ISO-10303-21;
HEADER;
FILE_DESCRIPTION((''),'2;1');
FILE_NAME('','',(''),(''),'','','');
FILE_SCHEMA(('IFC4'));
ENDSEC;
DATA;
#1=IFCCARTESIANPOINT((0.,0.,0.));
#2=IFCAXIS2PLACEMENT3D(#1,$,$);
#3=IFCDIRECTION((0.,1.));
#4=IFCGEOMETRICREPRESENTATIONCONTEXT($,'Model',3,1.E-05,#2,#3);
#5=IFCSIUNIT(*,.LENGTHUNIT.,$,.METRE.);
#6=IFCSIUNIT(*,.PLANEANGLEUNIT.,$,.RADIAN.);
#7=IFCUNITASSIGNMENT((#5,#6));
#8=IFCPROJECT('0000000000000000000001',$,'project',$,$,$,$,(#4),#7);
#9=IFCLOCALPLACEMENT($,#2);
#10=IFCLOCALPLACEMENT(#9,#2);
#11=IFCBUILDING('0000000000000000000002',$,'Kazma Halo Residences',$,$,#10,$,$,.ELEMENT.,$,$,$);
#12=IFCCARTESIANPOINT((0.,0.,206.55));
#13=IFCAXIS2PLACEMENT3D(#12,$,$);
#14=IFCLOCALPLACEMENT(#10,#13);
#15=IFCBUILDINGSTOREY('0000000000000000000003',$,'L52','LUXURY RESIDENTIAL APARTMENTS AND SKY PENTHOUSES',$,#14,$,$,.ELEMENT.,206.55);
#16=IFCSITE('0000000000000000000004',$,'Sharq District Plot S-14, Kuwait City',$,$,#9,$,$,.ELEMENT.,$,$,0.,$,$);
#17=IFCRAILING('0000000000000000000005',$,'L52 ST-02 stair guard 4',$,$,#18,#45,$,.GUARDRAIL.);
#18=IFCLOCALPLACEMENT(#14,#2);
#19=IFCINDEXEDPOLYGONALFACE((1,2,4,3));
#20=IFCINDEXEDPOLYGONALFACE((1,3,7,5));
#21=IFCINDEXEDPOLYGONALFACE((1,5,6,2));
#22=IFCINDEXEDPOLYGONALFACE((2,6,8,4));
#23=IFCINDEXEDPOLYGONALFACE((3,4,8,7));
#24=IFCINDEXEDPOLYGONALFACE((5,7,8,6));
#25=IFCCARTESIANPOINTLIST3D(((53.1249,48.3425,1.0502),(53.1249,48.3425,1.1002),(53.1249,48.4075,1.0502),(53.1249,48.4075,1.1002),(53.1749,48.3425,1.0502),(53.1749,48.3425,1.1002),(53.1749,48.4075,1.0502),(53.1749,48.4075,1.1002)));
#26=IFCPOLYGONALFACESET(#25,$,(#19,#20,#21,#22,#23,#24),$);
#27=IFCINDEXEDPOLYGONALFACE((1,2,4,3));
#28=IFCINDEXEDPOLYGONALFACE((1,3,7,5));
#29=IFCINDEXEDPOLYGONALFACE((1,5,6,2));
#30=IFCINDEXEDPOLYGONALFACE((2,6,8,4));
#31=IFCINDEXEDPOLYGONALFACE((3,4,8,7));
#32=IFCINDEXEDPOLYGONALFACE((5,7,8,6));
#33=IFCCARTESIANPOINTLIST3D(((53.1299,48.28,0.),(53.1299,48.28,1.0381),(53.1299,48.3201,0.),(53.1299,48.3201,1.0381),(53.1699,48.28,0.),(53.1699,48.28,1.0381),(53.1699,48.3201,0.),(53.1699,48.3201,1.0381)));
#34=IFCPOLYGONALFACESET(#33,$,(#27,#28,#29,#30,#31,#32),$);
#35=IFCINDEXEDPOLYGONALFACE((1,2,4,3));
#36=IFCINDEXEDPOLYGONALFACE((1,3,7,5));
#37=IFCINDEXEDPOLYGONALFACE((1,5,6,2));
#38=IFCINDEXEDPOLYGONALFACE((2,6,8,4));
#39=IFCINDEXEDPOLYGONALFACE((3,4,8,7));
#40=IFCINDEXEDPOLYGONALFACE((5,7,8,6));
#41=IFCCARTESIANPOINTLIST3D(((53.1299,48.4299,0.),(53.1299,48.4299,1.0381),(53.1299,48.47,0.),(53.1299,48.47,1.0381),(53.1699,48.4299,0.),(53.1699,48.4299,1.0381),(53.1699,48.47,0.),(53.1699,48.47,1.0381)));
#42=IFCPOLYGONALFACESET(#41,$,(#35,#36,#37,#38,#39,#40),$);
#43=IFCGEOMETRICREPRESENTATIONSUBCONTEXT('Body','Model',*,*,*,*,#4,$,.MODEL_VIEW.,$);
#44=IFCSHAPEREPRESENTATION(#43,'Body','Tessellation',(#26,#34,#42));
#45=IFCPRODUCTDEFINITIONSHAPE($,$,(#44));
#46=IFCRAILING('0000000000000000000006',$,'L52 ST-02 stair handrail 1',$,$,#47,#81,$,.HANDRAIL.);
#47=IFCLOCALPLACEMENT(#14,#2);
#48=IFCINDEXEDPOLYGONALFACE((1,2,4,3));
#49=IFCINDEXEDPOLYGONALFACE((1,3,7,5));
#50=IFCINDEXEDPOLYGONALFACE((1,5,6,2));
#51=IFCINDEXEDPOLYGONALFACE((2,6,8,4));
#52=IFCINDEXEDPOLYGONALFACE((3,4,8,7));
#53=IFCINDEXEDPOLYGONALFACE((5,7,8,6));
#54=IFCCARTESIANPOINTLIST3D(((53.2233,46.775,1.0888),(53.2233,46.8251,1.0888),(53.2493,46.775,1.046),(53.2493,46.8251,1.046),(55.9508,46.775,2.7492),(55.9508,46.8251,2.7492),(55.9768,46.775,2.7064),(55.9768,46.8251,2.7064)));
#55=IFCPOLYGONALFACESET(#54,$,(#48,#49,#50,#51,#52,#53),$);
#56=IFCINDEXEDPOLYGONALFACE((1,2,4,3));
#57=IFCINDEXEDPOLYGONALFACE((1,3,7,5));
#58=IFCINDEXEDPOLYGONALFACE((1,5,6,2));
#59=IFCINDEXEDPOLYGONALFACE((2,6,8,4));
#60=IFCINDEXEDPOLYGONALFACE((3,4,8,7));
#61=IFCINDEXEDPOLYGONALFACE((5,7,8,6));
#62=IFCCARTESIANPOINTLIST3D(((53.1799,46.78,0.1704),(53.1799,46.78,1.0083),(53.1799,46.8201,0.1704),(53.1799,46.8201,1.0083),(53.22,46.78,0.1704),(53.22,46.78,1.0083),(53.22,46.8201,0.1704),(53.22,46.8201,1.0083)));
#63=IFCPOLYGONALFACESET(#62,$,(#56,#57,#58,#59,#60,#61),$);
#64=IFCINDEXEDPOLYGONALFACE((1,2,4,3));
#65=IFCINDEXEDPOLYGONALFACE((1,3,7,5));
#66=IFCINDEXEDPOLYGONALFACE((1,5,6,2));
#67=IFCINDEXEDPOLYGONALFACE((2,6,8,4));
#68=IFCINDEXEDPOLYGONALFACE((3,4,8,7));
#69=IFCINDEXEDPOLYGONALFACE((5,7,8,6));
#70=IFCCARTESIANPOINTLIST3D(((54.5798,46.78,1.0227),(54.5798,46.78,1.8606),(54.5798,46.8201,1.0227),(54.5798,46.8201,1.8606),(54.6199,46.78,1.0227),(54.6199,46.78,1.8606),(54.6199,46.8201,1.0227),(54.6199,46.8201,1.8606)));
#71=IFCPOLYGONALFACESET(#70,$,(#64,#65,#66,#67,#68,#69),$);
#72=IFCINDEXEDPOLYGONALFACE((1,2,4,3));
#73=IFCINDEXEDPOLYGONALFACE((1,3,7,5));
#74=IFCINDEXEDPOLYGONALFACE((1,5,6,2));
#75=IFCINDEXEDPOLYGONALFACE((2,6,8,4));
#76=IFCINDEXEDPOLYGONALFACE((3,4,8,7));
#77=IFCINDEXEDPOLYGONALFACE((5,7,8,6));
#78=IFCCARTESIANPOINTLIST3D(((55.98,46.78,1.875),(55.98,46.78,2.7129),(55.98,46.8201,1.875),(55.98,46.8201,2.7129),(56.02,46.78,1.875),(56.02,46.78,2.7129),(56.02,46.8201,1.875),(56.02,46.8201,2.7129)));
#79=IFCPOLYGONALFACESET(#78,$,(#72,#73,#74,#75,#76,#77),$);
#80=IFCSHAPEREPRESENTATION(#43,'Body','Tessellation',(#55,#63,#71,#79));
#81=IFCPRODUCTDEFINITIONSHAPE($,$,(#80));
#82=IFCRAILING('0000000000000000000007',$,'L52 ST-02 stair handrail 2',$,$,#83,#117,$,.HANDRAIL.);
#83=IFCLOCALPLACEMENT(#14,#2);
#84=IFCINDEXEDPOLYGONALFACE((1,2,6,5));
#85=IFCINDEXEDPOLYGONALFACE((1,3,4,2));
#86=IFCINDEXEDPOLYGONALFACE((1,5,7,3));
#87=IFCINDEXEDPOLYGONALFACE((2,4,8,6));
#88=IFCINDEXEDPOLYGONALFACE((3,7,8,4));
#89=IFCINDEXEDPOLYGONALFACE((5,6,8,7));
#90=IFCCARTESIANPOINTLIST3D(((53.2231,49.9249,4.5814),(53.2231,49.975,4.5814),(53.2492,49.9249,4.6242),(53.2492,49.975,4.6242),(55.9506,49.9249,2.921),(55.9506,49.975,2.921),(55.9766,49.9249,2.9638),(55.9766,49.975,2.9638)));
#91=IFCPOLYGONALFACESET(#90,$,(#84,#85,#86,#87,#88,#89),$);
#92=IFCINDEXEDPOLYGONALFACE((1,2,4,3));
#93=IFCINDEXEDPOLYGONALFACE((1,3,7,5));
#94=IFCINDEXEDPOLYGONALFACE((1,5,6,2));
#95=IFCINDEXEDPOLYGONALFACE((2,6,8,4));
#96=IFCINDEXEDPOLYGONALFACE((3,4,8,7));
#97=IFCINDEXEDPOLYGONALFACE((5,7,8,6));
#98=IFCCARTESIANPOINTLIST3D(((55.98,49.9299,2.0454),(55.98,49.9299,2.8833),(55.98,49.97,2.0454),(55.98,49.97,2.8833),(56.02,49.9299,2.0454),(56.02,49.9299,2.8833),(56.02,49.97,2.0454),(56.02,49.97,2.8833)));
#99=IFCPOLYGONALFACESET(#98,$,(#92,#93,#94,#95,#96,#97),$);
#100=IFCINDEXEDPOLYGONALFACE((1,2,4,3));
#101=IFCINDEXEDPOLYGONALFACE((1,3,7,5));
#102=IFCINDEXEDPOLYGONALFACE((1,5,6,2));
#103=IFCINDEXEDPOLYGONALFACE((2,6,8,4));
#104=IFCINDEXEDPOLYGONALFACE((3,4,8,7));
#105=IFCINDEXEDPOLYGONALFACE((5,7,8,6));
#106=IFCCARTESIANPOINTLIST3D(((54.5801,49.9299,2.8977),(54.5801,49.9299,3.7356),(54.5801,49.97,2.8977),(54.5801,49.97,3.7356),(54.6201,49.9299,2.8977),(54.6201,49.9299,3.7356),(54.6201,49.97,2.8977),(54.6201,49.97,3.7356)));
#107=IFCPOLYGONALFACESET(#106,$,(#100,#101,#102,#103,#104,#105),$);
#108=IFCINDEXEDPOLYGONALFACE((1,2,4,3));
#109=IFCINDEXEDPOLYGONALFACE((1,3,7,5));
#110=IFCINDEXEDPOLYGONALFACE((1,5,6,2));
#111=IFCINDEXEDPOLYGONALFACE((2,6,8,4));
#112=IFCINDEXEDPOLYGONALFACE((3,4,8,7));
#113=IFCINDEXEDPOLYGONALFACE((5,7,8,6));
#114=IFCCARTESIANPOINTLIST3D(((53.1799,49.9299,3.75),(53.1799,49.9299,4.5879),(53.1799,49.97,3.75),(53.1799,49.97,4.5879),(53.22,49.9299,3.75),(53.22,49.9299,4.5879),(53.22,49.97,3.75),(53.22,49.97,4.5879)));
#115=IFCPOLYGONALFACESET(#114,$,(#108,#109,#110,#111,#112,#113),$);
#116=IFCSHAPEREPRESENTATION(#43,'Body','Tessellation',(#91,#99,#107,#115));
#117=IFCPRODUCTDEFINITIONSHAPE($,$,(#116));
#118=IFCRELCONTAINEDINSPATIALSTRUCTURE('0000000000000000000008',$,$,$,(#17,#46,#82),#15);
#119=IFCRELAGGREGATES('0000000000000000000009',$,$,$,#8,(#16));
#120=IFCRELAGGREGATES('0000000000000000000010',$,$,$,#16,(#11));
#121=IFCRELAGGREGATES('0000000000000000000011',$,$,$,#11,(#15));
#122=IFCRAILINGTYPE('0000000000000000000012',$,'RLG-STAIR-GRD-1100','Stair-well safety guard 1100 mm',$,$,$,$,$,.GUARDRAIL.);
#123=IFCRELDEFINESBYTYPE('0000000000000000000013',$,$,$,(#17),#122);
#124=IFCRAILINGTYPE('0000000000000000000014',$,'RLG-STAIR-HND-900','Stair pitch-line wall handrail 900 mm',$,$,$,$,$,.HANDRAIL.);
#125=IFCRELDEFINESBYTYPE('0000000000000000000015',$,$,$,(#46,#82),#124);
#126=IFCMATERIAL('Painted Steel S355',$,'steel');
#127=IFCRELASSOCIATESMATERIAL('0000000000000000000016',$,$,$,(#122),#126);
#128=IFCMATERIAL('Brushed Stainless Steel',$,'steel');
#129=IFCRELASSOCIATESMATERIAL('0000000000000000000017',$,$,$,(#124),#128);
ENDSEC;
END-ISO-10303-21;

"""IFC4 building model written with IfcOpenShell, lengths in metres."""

from ifc_helpers import new_model, si_unit, direction, frame, origin, origin_2d, place, context, subcontext, project, spatial, rectangle, extrude, material, type_object, element, save


model = new_model("IFC4")

# Units and contexts
model_context = context("Model", 3, precision=1e-05, world=origin(), true_north=direction((0.0, 1.0)))
body_context = subcontext(model_context, "Body", "Model", "MODEL_VIEW")
ifc_project = project(units=[si_unit("LENGTHUNIT", "METRE"), si_unit("PLANEANGLEUNIT", "RADIAN")], contexts=[model_context])

# Site, building, storey
site_placement = place(None, origin())
site = spatial("IfcSite", under=ifc_project, at=site_placement, Name="Sharq District Plot S-14, Kuwait City", CompositionType="ELEMENT", RefElevation=0.0)
building_placement = place(site_placement, origin())
building = spatial("IfcBuilding", under=site, at=building_placement, Name="Kazma Halo Residences", CompositionType="ELEMENT")
storey_placement = place(building_placement, frame((0.0, 0.0, 206.55)))
storey = spatial("IfcBuildingStorey", under=building, at=storey_placement, Name="L52", Description="LUXURY RESIDENTIAL APARTMENTS AND SKY PENTHOUSES", CompositionType="ELEMENT", Elevation=206.55)

# Railings
ifc_material_1 = material(Name="Painted Steel S355", Category="steel")
railing_type_1 = type_object("IfcRailingType", Name="RLG-STAIR-GRD-1100", Description="Stair-well safety guard 1100 mm", PredefinedType="GUARDRAIL", material=ifc_material_1)
railing_1_placement = place(storey_placement, frame((53.1499, 48.3, 0.0)))
element("IfcRailing", 1, at=railing_1_placement, inside=storey, type_object=railing_type_1, Name="L52 ST-02 stair guard 4", PredefinedType="GUARDRAIL", context=body_context, shape_type="SweptSolid", body=[
    extrude(rectangle(XDim=0.05, YDim=0.05, at=origin_2d()), frame((0.0, 0.0425, 1.0752), z_axis=(0.0, 1.0, 0.0), x_axis=(-1.0, 0.0, 0.0)), (0.0, 0.0, 1.0), 0.0649),
    extrude(rectangle(XDim=0.04, YDim=0.04, at=origin_2d()), origin(), (0.0, 0.0, 1.0), 1.0381),
    extrude(rectangle(XDim=0.04, YDim=0.04, at=origin_2d()), frame((0.0, 0.1499, 0.0)), (0.0, 0.0, 1.0), 1.0381),
])
ifc_material_2 = material(Name="Brushed Stainless Steel", Category="steel")
railing_type_2 = type_object("IfcRailingType", Name="RLG-STAIR-HND-900", Description="Stair pitch-line wall handrail 900 mm", PredefinedType="HANDRAIL", material=ifc_material_2)
railing_2_placement = place(storey_placement, frame((53.2, 46.8, 0.1704)))
element("IfcRailing", 2, at=railing_2_placement, inside=storey, type_object=railing_type_2, Name="L52 ST-02 stair handrail 1", PredefinedType="HANDRAIL", context=body_context, shape_type="SweptSolid", body=[
    extrude(rectangle(XDim=0.05, YDim=0.05, at=origin_2d()), frame((0.0364, 0.0, 0.897), z_axis=(0.85417, 0.0, 0.519994), x_axis=(0.0, 1.0, 0.0)), (0.0, 0.0, 1.0), 3.1931),
    extrude(rectangle(XDim=0.04, YDim=0.04, at=origin_2d()), origin(), (0.0, 0.0, 1.0), 0.8379),
    extrude(rectangle(XDim=0.04, YDim=0.04, at=origin_2d()), frame((1.3999, 0.0, 0.8523)), (0.0, 0.0, 1.0), 0.8379),
    extrude(rectangle(XDim=0.04, YDim=0.04, at=origin_2d()), frame((2.8, 0.0, 1.7046)), (0.0, 0.0, 1.0), 0.8379),
])
railing_3_placement = place(storey_placement, frame((56.0, 49.95, 2.0454)))
element("IfcRailing", 3, at=railing_3_placement, inside=storey, type_object=railing_type_2, Name="L52 ST-02 stair handrail 2", PredefinedType="HANDRAIL", context=body_context, shape_type="SweptSolid", body=[
    extrude(rectangle(XDim=0.05, YDim=0.05, at=origin_2d()), frame((-0.0364, 0.0, 0.897), z_axis=(-0.85417, 0.0, 0.519994), x_axis=(0.0, -1.0, 0.0)), (0.0, 0.0, 1.0), 3.1931),
    extrude(rectangle(XDim=0.04, YDim=0.04, at=origin_2d()), origin(), (0.0, 0.0, 1.0), 0.8379),
    extrude(rectangle(XDim=0.04, YDim=0.04, at=origin_2d()), frame((-1.3999, 0.0, 0.8523)), (0.0, 0.0, 1.0), 0.8379),
    extrude(rectangle(XDim=0.04, YDim=0.04, at=origin_2d()), frame((-2.8, 0.0, 1.7046)), (0.0, 0.0, 1.0), 0.8379),
])

save(model, "model.ifc")
